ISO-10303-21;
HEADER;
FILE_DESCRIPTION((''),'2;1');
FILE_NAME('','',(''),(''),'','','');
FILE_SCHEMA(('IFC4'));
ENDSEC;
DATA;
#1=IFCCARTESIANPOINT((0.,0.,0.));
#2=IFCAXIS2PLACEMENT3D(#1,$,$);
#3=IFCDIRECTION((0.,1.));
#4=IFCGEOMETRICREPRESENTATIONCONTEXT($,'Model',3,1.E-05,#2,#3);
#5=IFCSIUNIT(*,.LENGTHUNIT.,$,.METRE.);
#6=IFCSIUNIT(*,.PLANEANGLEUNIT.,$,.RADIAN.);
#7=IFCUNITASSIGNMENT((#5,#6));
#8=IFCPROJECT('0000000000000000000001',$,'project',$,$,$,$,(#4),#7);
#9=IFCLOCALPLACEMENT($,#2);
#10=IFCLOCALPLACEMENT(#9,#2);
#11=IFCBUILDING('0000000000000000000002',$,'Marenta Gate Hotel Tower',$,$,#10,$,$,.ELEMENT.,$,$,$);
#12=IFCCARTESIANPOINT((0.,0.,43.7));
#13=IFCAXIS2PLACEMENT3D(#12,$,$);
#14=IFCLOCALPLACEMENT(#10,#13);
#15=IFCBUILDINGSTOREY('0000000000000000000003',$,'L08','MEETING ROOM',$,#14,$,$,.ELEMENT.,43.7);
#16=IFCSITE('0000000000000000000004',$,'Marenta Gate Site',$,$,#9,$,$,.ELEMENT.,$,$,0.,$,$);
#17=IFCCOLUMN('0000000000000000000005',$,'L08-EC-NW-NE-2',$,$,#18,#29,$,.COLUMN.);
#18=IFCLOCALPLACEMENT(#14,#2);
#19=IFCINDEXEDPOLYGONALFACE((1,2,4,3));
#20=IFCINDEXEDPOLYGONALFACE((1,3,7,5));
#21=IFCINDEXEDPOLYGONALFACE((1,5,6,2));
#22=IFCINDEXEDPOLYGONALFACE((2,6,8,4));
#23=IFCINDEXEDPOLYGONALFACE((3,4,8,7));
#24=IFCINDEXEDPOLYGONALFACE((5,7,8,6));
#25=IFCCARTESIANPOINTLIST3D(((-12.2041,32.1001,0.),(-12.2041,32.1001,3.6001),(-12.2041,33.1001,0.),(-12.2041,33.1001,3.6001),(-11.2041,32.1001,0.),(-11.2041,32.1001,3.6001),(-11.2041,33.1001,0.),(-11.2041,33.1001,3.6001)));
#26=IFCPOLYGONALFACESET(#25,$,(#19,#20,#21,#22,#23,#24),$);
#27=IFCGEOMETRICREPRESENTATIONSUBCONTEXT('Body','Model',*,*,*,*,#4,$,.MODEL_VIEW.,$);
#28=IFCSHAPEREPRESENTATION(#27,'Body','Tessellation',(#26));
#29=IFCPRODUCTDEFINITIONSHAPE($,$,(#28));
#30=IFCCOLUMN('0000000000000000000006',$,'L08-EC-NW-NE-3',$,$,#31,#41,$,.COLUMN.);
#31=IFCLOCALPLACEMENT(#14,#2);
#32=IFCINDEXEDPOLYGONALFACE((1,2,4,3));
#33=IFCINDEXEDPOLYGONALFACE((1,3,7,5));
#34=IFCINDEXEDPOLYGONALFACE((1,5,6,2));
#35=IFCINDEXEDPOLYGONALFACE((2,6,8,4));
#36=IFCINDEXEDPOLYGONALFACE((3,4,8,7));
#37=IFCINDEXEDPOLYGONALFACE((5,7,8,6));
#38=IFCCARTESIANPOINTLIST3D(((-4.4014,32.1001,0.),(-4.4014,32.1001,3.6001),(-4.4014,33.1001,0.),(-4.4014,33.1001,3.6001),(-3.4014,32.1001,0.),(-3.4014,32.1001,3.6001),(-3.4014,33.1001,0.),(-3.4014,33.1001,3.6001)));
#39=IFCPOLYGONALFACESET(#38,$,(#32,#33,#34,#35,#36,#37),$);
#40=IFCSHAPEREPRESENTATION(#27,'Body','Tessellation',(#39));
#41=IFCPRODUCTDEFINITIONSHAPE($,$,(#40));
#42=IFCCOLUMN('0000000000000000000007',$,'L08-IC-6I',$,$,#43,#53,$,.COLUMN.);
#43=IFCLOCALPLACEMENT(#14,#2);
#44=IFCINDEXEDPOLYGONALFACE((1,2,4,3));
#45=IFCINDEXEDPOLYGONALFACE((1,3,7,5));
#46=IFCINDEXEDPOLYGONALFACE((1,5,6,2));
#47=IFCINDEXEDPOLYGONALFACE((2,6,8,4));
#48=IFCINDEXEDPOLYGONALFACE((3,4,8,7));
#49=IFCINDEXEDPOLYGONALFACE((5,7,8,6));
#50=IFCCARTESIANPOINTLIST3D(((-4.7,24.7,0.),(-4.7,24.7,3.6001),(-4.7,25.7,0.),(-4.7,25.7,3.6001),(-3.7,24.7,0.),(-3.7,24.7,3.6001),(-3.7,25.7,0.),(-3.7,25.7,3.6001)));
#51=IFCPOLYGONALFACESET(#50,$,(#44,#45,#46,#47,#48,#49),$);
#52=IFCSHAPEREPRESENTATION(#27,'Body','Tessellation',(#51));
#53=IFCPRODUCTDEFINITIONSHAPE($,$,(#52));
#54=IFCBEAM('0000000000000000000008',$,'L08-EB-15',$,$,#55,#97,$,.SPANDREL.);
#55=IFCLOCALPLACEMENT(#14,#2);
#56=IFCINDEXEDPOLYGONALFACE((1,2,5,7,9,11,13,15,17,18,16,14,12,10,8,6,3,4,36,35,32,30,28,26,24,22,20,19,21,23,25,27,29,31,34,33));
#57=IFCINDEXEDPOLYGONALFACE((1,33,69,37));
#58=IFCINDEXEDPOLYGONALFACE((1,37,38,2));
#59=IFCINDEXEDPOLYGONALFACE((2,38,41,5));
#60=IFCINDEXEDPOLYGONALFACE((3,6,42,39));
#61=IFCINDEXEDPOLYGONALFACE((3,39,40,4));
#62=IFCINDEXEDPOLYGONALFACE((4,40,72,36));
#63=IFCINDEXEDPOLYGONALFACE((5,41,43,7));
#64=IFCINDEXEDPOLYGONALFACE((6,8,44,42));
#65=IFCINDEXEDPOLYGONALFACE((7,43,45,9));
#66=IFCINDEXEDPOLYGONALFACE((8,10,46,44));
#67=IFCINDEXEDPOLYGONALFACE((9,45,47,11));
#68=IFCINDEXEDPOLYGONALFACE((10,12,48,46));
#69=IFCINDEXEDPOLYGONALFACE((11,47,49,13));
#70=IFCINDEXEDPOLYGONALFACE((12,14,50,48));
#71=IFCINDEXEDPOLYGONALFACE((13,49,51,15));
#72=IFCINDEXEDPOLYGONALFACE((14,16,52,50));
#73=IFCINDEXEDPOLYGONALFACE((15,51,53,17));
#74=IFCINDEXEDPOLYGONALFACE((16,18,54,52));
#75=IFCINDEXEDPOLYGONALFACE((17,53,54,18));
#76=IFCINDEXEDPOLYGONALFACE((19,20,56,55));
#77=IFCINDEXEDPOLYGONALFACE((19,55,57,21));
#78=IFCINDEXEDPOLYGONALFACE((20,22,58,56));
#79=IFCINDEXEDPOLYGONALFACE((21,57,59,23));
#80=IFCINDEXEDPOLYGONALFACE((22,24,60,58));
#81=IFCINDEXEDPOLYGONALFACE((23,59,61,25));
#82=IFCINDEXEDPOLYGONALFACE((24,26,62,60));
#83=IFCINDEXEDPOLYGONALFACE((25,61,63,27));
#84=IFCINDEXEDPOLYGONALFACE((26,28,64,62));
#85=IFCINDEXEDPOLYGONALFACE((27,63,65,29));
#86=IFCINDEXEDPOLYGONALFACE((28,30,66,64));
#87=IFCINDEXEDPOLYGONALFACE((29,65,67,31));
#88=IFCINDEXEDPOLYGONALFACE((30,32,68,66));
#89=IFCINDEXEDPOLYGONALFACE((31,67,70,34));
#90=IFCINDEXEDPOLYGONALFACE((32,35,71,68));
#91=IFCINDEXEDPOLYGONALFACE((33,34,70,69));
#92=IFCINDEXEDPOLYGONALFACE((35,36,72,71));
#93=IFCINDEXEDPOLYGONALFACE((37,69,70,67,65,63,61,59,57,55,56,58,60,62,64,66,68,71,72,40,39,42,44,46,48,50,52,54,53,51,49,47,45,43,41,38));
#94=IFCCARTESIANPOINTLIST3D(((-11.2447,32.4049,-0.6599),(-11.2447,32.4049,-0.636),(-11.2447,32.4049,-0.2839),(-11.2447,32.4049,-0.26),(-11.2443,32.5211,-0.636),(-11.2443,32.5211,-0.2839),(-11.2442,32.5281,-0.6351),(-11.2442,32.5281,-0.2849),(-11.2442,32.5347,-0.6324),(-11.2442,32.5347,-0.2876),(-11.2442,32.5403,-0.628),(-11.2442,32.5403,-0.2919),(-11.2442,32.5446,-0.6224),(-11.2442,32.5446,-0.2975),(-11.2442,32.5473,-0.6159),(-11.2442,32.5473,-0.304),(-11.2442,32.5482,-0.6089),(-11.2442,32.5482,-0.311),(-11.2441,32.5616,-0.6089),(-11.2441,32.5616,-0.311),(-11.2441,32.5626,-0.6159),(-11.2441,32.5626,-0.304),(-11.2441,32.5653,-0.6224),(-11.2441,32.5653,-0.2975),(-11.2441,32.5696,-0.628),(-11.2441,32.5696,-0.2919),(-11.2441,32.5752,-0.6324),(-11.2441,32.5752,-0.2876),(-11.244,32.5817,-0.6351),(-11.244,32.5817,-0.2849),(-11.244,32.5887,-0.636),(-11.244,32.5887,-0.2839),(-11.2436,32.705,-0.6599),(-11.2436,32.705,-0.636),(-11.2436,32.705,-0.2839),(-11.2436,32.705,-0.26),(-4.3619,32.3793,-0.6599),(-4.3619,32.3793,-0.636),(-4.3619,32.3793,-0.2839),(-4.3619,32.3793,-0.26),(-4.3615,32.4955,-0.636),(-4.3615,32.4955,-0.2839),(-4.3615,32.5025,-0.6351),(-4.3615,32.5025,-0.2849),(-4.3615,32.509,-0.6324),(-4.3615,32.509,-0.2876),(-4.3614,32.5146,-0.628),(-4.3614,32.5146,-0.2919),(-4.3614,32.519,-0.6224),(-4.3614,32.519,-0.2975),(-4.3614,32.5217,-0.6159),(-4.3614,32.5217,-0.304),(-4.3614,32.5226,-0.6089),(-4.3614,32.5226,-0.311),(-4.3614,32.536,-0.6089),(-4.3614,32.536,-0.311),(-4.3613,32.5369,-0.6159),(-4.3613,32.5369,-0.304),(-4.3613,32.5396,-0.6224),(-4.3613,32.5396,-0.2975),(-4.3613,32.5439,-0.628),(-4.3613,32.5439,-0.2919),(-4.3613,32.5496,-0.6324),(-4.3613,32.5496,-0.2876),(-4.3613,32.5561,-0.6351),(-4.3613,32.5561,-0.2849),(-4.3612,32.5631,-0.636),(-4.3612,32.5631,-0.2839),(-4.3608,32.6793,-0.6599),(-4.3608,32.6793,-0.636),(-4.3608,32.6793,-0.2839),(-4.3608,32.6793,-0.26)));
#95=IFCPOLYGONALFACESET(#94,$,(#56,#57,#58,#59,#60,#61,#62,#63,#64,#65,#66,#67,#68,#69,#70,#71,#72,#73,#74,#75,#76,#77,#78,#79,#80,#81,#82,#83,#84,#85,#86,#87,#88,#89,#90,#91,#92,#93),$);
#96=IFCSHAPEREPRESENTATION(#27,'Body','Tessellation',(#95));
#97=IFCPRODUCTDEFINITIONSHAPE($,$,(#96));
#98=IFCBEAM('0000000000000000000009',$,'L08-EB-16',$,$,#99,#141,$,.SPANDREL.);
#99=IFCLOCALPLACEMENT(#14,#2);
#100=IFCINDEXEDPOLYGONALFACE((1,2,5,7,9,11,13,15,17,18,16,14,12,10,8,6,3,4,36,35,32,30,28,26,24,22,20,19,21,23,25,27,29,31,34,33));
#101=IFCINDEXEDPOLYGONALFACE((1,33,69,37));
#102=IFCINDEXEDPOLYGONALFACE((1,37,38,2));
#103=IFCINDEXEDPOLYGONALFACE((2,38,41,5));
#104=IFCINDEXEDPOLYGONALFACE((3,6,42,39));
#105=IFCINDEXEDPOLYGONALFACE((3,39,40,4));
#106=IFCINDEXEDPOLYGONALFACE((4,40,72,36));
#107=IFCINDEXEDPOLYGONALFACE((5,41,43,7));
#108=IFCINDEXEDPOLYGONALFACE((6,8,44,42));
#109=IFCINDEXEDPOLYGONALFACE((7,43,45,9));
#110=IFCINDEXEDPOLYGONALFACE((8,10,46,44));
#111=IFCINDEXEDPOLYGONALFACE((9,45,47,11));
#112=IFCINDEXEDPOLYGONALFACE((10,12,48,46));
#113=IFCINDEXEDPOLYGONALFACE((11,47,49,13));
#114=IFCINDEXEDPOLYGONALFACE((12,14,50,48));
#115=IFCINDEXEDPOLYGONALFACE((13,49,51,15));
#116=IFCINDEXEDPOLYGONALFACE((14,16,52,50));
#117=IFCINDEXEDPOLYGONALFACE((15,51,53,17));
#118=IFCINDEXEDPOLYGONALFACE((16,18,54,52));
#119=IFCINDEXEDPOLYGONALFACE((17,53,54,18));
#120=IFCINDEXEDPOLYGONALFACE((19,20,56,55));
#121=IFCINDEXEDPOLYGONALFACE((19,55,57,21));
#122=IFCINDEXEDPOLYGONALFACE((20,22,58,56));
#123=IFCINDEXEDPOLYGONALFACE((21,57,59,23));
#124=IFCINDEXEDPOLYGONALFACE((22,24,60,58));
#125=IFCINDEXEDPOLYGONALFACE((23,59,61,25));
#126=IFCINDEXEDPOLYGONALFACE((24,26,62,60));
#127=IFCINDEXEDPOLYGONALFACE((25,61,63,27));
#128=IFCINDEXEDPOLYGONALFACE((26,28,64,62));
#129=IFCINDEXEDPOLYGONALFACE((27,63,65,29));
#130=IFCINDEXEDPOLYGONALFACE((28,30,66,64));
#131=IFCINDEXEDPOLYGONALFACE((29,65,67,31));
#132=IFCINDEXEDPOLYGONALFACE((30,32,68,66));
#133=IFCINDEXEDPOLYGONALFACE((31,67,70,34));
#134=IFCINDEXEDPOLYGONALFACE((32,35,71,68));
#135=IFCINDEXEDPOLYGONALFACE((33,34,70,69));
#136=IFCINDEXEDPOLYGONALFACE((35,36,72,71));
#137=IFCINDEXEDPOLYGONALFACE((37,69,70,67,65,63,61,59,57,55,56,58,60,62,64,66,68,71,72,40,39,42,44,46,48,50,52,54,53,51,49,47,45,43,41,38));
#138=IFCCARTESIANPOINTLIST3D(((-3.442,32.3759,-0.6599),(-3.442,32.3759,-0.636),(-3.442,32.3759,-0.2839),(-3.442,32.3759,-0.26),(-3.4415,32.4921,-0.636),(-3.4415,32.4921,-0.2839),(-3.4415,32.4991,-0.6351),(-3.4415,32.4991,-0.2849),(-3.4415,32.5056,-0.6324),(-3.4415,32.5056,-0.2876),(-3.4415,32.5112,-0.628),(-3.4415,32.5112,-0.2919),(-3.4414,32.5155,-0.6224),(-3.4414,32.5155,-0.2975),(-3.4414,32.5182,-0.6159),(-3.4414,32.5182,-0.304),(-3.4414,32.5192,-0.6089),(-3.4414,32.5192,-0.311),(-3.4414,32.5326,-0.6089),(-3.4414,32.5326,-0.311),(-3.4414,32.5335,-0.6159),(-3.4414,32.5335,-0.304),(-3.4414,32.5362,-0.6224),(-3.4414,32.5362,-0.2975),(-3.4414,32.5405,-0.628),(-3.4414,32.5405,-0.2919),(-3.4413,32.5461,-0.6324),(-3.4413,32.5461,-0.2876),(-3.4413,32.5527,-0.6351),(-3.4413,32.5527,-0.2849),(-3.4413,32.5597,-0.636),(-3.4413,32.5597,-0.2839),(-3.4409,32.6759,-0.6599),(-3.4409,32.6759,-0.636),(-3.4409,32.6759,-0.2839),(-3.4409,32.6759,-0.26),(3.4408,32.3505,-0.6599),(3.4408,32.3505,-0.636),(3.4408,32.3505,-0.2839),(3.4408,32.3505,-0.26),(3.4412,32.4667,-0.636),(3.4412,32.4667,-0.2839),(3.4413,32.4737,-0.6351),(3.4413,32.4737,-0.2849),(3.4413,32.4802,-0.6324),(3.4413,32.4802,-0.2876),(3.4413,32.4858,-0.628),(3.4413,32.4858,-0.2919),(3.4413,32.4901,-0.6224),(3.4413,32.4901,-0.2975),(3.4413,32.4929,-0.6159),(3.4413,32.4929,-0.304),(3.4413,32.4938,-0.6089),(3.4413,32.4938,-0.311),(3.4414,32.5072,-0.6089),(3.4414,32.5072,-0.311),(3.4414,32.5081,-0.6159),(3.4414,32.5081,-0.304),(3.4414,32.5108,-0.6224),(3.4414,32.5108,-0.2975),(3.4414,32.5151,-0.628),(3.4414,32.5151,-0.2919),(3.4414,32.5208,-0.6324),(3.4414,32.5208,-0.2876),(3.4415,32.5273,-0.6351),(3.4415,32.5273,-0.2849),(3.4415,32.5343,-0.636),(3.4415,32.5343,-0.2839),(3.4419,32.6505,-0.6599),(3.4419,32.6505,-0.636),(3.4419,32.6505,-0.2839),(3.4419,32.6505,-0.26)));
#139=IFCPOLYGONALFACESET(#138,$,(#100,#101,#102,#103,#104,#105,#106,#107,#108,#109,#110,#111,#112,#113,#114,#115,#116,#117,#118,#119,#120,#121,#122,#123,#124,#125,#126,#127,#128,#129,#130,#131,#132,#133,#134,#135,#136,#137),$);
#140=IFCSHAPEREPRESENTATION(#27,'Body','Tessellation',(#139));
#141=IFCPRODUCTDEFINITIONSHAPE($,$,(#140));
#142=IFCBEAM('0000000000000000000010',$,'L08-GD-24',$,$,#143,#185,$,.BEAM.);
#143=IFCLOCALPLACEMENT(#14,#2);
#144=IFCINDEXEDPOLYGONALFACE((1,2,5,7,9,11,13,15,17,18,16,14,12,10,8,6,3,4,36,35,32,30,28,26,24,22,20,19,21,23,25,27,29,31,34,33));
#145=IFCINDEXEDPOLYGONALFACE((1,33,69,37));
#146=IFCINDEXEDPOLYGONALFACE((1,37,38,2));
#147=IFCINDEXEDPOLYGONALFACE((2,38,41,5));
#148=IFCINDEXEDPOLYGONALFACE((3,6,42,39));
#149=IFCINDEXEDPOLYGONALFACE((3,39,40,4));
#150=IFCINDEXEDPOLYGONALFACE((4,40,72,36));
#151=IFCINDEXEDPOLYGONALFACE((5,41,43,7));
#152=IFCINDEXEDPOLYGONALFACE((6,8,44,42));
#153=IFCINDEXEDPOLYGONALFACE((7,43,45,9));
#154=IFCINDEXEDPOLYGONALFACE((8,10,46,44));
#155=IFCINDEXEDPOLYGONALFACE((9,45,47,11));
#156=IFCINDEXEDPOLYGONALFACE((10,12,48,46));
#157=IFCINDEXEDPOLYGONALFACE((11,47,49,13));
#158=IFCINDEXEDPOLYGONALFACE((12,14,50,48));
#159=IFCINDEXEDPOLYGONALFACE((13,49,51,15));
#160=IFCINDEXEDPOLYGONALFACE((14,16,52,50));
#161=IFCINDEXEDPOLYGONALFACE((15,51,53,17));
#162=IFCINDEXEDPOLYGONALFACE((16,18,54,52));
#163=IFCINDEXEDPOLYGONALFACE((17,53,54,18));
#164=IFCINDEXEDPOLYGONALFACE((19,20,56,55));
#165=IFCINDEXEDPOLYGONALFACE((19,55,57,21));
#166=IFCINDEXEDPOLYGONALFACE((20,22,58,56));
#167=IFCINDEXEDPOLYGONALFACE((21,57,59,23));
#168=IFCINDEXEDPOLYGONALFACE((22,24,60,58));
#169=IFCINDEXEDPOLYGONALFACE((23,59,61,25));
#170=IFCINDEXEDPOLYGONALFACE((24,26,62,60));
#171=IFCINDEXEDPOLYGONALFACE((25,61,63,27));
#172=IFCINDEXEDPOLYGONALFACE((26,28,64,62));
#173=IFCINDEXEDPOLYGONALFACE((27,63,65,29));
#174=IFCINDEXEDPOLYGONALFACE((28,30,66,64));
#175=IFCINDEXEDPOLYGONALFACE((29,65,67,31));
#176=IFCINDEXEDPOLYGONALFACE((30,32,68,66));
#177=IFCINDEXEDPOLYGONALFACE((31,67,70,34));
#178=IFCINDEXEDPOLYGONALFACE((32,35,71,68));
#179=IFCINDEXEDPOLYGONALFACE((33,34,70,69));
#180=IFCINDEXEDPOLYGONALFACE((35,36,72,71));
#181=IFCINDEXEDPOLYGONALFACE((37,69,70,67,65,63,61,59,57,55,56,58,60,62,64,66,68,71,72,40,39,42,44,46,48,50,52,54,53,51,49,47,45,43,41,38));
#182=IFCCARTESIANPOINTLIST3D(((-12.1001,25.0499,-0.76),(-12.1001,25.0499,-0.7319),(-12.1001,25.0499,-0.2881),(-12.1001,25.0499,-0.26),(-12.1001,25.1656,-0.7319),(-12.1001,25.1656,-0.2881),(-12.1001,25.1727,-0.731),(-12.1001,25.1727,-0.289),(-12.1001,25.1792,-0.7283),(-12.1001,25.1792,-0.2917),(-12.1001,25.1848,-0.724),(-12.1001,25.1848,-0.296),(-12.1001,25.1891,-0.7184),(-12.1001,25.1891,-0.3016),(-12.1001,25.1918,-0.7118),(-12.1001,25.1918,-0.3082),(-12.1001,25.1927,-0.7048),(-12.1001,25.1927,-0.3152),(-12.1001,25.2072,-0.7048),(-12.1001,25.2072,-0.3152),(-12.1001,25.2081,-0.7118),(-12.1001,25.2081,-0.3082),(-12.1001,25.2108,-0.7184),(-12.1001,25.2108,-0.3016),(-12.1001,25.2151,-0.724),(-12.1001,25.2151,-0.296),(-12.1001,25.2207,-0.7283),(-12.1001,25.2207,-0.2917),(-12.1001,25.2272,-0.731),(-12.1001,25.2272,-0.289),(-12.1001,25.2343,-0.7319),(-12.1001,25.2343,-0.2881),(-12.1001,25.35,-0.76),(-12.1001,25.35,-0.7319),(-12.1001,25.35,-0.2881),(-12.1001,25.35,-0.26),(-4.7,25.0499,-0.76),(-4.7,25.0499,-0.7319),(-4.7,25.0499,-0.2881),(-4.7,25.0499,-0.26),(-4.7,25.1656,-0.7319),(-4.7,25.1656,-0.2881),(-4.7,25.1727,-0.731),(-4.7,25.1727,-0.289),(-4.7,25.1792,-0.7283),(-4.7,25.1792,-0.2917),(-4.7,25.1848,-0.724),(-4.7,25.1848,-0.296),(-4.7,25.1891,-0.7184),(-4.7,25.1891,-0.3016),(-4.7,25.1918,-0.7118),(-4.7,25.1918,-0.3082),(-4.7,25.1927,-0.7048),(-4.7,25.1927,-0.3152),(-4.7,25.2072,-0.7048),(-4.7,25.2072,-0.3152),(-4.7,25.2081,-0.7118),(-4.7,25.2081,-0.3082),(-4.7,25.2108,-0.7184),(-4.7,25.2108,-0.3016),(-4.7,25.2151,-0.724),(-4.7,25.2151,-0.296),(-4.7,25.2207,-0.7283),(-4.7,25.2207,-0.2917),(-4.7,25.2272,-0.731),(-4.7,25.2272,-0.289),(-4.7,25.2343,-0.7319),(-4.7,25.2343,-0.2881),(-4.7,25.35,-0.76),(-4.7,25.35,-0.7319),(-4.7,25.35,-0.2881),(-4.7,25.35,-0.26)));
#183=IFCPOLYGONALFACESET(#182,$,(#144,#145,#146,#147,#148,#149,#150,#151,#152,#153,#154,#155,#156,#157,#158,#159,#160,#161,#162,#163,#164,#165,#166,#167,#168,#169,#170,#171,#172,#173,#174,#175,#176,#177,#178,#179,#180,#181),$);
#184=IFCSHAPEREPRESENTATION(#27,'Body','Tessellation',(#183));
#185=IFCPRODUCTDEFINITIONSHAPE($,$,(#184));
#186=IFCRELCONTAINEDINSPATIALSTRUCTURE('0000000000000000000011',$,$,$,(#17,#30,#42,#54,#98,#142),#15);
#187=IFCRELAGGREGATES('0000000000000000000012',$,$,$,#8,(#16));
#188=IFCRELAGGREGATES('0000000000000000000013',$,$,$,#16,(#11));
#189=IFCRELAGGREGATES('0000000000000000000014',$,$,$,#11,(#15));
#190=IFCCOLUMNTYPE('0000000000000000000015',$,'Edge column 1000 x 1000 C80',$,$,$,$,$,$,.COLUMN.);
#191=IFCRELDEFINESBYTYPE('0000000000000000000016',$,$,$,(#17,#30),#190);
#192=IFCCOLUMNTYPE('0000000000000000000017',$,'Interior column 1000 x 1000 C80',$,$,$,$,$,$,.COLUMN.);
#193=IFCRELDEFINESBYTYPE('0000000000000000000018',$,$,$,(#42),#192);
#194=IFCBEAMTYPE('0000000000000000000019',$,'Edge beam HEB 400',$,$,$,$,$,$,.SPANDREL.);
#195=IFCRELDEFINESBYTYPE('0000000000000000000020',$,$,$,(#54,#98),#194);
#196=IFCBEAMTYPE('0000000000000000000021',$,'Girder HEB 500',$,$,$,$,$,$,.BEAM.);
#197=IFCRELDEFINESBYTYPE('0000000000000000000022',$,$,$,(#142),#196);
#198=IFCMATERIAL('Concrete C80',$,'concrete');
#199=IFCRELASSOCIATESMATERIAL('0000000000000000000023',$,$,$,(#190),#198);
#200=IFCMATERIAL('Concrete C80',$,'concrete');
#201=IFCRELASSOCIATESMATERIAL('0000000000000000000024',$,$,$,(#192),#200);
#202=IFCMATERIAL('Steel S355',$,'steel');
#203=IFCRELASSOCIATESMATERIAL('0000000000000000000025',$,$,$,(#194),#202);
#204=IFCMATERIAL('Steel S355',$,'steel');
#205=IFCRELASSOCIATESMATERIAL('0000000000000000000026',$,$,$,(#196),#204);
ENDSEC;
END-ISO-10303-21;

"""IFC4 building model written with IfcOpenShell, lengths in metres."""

from ifc_helpers import new_model, si_unit, direction, frame, origin, origin_2d, place, context, subcontext, project, spatial, rectangle, i_section, extrude, material, material_profile, profile_set, type_object, element, save


model = new_model("IFC4")

# Units and contexts
model_context = context("Model", 3, precision=1e-05, world=origin(), true_north=direction((0.0, 1.0)))
body_context = subcontext(model_context, "Body", "Model", "MODEL_VIEW")
ifc_project = project(units=[si_unit("LENGTHUNIT", "METRE"), si_unit("PLANEANGLEUNIT", "RADIAN")], contexts=[model_context])

# Site, building, storey
site_placement = place(None, origin())
site = spatial("IfcSite", under=ifc_project, at=site_placement, Name="Marenta Gate Site", CompositionType="ELEMENT", RefElevation=0.0)
building_placement = place(site_placement, origin())
building = spatial("IfcBuilding", under=site, at=building_placement, Name="Marenta Gate Hotel Tower", CompositionType="ELEMENT")
storey_placement = place(building_placement, frame((0.0, 0.0, 43.7)))
storey = spatial("IfcBuildingStorey", under=building, at=storey_placement, Name="L08", Description="MEETING ROOM", CompositionType="ELEMENT", Elevation=43.7)

# Columns
ifc_material_1 = material(Name="Concrete C80", Category="concrete")
ifc_material_profile_1 = material_profile(ifc_material_1, rectangle(XDim=1.0, YDim=1.0, at=origin_2d()), Name="1000 x 1000")
ifc_profile_set_1 = profile_set([ifc_material_profile_1], Name="Concrete C80")
column_type_1 = type_object("IfcColumnType", Name="Edge column 1000 x 1000 C80", PredefinedType="COLUMN", material=ifc_profile_set_1)
for number, where, z_axis, x_axis, name in (
    (1, (-11.7041, 32.6001, 0.0), (0.0, 0.0, 1.0), (1.0, 0.0, 0.0), "L08-EC-NW-NE-2"),
    (2, (-3.9014, 32.6001, 0.0), (0.0, 0.0, 1.0), (1.0, 0.0, 0.0), "L08-EC-NW-NE-3"),
):
    element("IfcColumn", number, at=place(storey_placement, frame(where, z_axis=z_axis, x_axis=x_axis)), inside=storey, type_object=column_type_1, Name=name, PredefinedType="COLUMN", context=body_context, shape_type="SweptSolid", body=[
        extrude(rectangle(XDim=1.0, YDim=1.0, at=origin_2d()), origin(), (0.0, 0.0, 1.0), 3.6001),
    ])
ifc_material_2 = material(Name="Concrete C80", Category="concrete")
ifc_material_profile_2 = material_profile(ifc_material_2, rectangle(XDim=1.0, YDim=1.0, at=origin_2d()), Name="1000 x 1000")
ifc_profile_set_2 = profile_set([ifc_material_profile_2], Name="Concrete C80")
column_type_2 = type_object("IfcColumnType", Name="Interior column 1000 x 1000 C80", PredefinedType="COLUMN", material=ifc_profile_set_2)
column_placement = place(storey_placement, frame((-4.2, 25.2, 0.0), z_axis=(0.0, 0.0, 1.0), x_axis=(1.0, 0.0, 0.0)))
element("IfcColumn", 3, at=column_placement, inside=storey, type_object=column_type_2, Name="L08-IC-6I", PredefinedType="COLUMN", context=body_context, shape_type="SweptSolid", body=[
    extrude(rectangle(XDim=1.0, YDim=1.0, at=origin_2d()), origin(), (0.0, 0.0, 1.0), 3.6001),
])

# Beams
ifc_material_3 = material(Name="Steel S355", Category="steel")
ifc_material_profile_3 = material_profile(ifc_material_3, i_section(OverallWidth=0.3, OverallDepth=0.3999, WebThickness=0.0134, FlangeThickness=0.0239, FilletRadius=0.0271, at=origin_2d()), Name="HEB 400")
ifc_profile_set_3 = profile_set([ifc_material_profile_3], Name="Steel S355")
beam_type_1 = type_object("IfcBeamType", Name="Edge beam HEB 400", PredefinedType="SPANDREL", material=ifc_profile_set_3)
for number, where, z_axis, x_axis, name in (
    (4, (-11.2441, 32.5549, -0.46), (0.999993, -0.003724, 0.0), (0.003724, 0.999993, 0.0), "L08-EB-15"),
    (5, (-3.4414, 32.5259, -0.46), (0.999993, -0.003689, 0.0), (0.003689, 0.999993, 0.0), "L08-EB-16"),
):
    element("IfcBeam", number, at=place(storey_placement, frame(where, z_axis=z_axis, x_axis=x_axis)), inside=storey, type_object=beam_type_1, Name=name, PredefinedType="SPANDREL", context=body_context, shape_type="SweptSolid", body=[
        extrude(i_section(OverallWidth=0.3, OverallDepth=0.3999, WebThickness=0.0134, FlangeThickness=0.0239, FilletRadius=0.0271, at=origin_2d()), origin(), (0.0, 0.0, 1.0), 6.8828),
    ])
ifc_material_4 = material(Name="Steel S355", Category="steel")
ifc_material_profile_4 = material_profile(ifc_material_4, i_section(OverallWidth=0.3, OverallDepth=0.5, WebThickness=0.0144, FlangeThickness=0.0281, FilletRadius=0.0271, at=origin_2d()), Name="HEB 500")
ifc_profile_set_4 = profile_set([ifc_material_profile_4], Name="Steel S355")
beam_type_2 = type_object("IfcBeamType", Name="Girder HEB 500", PredefinedType="BEAM", material=ifc_profile_set_4)
beam_1_placement = place(storey_placement, frame((-12.1001, 25.2, -0.51), z_axis=(1.0, 0.0, 0.0), x_axis=(0.0, 1.0, 0.0)))
element("IfcBeam", 6, at=beam_1_placement, inside=storey, type_object=beam_type_2, Name="L08-GD-24", PredefinedType="BEAM", context=body_context, shape_type="SweptSolid", body=[
    extrude(i_section(OverallWidth=0.3, OverallDepth=0.5, WebThickness=0.0144, FlangeThickness=0.0281, FilletRadius=0.0271, at=origin_2d()), origin(), (0.0, 0.0, 1.0), 7.4001),
])

save(model, "model.ifc")
